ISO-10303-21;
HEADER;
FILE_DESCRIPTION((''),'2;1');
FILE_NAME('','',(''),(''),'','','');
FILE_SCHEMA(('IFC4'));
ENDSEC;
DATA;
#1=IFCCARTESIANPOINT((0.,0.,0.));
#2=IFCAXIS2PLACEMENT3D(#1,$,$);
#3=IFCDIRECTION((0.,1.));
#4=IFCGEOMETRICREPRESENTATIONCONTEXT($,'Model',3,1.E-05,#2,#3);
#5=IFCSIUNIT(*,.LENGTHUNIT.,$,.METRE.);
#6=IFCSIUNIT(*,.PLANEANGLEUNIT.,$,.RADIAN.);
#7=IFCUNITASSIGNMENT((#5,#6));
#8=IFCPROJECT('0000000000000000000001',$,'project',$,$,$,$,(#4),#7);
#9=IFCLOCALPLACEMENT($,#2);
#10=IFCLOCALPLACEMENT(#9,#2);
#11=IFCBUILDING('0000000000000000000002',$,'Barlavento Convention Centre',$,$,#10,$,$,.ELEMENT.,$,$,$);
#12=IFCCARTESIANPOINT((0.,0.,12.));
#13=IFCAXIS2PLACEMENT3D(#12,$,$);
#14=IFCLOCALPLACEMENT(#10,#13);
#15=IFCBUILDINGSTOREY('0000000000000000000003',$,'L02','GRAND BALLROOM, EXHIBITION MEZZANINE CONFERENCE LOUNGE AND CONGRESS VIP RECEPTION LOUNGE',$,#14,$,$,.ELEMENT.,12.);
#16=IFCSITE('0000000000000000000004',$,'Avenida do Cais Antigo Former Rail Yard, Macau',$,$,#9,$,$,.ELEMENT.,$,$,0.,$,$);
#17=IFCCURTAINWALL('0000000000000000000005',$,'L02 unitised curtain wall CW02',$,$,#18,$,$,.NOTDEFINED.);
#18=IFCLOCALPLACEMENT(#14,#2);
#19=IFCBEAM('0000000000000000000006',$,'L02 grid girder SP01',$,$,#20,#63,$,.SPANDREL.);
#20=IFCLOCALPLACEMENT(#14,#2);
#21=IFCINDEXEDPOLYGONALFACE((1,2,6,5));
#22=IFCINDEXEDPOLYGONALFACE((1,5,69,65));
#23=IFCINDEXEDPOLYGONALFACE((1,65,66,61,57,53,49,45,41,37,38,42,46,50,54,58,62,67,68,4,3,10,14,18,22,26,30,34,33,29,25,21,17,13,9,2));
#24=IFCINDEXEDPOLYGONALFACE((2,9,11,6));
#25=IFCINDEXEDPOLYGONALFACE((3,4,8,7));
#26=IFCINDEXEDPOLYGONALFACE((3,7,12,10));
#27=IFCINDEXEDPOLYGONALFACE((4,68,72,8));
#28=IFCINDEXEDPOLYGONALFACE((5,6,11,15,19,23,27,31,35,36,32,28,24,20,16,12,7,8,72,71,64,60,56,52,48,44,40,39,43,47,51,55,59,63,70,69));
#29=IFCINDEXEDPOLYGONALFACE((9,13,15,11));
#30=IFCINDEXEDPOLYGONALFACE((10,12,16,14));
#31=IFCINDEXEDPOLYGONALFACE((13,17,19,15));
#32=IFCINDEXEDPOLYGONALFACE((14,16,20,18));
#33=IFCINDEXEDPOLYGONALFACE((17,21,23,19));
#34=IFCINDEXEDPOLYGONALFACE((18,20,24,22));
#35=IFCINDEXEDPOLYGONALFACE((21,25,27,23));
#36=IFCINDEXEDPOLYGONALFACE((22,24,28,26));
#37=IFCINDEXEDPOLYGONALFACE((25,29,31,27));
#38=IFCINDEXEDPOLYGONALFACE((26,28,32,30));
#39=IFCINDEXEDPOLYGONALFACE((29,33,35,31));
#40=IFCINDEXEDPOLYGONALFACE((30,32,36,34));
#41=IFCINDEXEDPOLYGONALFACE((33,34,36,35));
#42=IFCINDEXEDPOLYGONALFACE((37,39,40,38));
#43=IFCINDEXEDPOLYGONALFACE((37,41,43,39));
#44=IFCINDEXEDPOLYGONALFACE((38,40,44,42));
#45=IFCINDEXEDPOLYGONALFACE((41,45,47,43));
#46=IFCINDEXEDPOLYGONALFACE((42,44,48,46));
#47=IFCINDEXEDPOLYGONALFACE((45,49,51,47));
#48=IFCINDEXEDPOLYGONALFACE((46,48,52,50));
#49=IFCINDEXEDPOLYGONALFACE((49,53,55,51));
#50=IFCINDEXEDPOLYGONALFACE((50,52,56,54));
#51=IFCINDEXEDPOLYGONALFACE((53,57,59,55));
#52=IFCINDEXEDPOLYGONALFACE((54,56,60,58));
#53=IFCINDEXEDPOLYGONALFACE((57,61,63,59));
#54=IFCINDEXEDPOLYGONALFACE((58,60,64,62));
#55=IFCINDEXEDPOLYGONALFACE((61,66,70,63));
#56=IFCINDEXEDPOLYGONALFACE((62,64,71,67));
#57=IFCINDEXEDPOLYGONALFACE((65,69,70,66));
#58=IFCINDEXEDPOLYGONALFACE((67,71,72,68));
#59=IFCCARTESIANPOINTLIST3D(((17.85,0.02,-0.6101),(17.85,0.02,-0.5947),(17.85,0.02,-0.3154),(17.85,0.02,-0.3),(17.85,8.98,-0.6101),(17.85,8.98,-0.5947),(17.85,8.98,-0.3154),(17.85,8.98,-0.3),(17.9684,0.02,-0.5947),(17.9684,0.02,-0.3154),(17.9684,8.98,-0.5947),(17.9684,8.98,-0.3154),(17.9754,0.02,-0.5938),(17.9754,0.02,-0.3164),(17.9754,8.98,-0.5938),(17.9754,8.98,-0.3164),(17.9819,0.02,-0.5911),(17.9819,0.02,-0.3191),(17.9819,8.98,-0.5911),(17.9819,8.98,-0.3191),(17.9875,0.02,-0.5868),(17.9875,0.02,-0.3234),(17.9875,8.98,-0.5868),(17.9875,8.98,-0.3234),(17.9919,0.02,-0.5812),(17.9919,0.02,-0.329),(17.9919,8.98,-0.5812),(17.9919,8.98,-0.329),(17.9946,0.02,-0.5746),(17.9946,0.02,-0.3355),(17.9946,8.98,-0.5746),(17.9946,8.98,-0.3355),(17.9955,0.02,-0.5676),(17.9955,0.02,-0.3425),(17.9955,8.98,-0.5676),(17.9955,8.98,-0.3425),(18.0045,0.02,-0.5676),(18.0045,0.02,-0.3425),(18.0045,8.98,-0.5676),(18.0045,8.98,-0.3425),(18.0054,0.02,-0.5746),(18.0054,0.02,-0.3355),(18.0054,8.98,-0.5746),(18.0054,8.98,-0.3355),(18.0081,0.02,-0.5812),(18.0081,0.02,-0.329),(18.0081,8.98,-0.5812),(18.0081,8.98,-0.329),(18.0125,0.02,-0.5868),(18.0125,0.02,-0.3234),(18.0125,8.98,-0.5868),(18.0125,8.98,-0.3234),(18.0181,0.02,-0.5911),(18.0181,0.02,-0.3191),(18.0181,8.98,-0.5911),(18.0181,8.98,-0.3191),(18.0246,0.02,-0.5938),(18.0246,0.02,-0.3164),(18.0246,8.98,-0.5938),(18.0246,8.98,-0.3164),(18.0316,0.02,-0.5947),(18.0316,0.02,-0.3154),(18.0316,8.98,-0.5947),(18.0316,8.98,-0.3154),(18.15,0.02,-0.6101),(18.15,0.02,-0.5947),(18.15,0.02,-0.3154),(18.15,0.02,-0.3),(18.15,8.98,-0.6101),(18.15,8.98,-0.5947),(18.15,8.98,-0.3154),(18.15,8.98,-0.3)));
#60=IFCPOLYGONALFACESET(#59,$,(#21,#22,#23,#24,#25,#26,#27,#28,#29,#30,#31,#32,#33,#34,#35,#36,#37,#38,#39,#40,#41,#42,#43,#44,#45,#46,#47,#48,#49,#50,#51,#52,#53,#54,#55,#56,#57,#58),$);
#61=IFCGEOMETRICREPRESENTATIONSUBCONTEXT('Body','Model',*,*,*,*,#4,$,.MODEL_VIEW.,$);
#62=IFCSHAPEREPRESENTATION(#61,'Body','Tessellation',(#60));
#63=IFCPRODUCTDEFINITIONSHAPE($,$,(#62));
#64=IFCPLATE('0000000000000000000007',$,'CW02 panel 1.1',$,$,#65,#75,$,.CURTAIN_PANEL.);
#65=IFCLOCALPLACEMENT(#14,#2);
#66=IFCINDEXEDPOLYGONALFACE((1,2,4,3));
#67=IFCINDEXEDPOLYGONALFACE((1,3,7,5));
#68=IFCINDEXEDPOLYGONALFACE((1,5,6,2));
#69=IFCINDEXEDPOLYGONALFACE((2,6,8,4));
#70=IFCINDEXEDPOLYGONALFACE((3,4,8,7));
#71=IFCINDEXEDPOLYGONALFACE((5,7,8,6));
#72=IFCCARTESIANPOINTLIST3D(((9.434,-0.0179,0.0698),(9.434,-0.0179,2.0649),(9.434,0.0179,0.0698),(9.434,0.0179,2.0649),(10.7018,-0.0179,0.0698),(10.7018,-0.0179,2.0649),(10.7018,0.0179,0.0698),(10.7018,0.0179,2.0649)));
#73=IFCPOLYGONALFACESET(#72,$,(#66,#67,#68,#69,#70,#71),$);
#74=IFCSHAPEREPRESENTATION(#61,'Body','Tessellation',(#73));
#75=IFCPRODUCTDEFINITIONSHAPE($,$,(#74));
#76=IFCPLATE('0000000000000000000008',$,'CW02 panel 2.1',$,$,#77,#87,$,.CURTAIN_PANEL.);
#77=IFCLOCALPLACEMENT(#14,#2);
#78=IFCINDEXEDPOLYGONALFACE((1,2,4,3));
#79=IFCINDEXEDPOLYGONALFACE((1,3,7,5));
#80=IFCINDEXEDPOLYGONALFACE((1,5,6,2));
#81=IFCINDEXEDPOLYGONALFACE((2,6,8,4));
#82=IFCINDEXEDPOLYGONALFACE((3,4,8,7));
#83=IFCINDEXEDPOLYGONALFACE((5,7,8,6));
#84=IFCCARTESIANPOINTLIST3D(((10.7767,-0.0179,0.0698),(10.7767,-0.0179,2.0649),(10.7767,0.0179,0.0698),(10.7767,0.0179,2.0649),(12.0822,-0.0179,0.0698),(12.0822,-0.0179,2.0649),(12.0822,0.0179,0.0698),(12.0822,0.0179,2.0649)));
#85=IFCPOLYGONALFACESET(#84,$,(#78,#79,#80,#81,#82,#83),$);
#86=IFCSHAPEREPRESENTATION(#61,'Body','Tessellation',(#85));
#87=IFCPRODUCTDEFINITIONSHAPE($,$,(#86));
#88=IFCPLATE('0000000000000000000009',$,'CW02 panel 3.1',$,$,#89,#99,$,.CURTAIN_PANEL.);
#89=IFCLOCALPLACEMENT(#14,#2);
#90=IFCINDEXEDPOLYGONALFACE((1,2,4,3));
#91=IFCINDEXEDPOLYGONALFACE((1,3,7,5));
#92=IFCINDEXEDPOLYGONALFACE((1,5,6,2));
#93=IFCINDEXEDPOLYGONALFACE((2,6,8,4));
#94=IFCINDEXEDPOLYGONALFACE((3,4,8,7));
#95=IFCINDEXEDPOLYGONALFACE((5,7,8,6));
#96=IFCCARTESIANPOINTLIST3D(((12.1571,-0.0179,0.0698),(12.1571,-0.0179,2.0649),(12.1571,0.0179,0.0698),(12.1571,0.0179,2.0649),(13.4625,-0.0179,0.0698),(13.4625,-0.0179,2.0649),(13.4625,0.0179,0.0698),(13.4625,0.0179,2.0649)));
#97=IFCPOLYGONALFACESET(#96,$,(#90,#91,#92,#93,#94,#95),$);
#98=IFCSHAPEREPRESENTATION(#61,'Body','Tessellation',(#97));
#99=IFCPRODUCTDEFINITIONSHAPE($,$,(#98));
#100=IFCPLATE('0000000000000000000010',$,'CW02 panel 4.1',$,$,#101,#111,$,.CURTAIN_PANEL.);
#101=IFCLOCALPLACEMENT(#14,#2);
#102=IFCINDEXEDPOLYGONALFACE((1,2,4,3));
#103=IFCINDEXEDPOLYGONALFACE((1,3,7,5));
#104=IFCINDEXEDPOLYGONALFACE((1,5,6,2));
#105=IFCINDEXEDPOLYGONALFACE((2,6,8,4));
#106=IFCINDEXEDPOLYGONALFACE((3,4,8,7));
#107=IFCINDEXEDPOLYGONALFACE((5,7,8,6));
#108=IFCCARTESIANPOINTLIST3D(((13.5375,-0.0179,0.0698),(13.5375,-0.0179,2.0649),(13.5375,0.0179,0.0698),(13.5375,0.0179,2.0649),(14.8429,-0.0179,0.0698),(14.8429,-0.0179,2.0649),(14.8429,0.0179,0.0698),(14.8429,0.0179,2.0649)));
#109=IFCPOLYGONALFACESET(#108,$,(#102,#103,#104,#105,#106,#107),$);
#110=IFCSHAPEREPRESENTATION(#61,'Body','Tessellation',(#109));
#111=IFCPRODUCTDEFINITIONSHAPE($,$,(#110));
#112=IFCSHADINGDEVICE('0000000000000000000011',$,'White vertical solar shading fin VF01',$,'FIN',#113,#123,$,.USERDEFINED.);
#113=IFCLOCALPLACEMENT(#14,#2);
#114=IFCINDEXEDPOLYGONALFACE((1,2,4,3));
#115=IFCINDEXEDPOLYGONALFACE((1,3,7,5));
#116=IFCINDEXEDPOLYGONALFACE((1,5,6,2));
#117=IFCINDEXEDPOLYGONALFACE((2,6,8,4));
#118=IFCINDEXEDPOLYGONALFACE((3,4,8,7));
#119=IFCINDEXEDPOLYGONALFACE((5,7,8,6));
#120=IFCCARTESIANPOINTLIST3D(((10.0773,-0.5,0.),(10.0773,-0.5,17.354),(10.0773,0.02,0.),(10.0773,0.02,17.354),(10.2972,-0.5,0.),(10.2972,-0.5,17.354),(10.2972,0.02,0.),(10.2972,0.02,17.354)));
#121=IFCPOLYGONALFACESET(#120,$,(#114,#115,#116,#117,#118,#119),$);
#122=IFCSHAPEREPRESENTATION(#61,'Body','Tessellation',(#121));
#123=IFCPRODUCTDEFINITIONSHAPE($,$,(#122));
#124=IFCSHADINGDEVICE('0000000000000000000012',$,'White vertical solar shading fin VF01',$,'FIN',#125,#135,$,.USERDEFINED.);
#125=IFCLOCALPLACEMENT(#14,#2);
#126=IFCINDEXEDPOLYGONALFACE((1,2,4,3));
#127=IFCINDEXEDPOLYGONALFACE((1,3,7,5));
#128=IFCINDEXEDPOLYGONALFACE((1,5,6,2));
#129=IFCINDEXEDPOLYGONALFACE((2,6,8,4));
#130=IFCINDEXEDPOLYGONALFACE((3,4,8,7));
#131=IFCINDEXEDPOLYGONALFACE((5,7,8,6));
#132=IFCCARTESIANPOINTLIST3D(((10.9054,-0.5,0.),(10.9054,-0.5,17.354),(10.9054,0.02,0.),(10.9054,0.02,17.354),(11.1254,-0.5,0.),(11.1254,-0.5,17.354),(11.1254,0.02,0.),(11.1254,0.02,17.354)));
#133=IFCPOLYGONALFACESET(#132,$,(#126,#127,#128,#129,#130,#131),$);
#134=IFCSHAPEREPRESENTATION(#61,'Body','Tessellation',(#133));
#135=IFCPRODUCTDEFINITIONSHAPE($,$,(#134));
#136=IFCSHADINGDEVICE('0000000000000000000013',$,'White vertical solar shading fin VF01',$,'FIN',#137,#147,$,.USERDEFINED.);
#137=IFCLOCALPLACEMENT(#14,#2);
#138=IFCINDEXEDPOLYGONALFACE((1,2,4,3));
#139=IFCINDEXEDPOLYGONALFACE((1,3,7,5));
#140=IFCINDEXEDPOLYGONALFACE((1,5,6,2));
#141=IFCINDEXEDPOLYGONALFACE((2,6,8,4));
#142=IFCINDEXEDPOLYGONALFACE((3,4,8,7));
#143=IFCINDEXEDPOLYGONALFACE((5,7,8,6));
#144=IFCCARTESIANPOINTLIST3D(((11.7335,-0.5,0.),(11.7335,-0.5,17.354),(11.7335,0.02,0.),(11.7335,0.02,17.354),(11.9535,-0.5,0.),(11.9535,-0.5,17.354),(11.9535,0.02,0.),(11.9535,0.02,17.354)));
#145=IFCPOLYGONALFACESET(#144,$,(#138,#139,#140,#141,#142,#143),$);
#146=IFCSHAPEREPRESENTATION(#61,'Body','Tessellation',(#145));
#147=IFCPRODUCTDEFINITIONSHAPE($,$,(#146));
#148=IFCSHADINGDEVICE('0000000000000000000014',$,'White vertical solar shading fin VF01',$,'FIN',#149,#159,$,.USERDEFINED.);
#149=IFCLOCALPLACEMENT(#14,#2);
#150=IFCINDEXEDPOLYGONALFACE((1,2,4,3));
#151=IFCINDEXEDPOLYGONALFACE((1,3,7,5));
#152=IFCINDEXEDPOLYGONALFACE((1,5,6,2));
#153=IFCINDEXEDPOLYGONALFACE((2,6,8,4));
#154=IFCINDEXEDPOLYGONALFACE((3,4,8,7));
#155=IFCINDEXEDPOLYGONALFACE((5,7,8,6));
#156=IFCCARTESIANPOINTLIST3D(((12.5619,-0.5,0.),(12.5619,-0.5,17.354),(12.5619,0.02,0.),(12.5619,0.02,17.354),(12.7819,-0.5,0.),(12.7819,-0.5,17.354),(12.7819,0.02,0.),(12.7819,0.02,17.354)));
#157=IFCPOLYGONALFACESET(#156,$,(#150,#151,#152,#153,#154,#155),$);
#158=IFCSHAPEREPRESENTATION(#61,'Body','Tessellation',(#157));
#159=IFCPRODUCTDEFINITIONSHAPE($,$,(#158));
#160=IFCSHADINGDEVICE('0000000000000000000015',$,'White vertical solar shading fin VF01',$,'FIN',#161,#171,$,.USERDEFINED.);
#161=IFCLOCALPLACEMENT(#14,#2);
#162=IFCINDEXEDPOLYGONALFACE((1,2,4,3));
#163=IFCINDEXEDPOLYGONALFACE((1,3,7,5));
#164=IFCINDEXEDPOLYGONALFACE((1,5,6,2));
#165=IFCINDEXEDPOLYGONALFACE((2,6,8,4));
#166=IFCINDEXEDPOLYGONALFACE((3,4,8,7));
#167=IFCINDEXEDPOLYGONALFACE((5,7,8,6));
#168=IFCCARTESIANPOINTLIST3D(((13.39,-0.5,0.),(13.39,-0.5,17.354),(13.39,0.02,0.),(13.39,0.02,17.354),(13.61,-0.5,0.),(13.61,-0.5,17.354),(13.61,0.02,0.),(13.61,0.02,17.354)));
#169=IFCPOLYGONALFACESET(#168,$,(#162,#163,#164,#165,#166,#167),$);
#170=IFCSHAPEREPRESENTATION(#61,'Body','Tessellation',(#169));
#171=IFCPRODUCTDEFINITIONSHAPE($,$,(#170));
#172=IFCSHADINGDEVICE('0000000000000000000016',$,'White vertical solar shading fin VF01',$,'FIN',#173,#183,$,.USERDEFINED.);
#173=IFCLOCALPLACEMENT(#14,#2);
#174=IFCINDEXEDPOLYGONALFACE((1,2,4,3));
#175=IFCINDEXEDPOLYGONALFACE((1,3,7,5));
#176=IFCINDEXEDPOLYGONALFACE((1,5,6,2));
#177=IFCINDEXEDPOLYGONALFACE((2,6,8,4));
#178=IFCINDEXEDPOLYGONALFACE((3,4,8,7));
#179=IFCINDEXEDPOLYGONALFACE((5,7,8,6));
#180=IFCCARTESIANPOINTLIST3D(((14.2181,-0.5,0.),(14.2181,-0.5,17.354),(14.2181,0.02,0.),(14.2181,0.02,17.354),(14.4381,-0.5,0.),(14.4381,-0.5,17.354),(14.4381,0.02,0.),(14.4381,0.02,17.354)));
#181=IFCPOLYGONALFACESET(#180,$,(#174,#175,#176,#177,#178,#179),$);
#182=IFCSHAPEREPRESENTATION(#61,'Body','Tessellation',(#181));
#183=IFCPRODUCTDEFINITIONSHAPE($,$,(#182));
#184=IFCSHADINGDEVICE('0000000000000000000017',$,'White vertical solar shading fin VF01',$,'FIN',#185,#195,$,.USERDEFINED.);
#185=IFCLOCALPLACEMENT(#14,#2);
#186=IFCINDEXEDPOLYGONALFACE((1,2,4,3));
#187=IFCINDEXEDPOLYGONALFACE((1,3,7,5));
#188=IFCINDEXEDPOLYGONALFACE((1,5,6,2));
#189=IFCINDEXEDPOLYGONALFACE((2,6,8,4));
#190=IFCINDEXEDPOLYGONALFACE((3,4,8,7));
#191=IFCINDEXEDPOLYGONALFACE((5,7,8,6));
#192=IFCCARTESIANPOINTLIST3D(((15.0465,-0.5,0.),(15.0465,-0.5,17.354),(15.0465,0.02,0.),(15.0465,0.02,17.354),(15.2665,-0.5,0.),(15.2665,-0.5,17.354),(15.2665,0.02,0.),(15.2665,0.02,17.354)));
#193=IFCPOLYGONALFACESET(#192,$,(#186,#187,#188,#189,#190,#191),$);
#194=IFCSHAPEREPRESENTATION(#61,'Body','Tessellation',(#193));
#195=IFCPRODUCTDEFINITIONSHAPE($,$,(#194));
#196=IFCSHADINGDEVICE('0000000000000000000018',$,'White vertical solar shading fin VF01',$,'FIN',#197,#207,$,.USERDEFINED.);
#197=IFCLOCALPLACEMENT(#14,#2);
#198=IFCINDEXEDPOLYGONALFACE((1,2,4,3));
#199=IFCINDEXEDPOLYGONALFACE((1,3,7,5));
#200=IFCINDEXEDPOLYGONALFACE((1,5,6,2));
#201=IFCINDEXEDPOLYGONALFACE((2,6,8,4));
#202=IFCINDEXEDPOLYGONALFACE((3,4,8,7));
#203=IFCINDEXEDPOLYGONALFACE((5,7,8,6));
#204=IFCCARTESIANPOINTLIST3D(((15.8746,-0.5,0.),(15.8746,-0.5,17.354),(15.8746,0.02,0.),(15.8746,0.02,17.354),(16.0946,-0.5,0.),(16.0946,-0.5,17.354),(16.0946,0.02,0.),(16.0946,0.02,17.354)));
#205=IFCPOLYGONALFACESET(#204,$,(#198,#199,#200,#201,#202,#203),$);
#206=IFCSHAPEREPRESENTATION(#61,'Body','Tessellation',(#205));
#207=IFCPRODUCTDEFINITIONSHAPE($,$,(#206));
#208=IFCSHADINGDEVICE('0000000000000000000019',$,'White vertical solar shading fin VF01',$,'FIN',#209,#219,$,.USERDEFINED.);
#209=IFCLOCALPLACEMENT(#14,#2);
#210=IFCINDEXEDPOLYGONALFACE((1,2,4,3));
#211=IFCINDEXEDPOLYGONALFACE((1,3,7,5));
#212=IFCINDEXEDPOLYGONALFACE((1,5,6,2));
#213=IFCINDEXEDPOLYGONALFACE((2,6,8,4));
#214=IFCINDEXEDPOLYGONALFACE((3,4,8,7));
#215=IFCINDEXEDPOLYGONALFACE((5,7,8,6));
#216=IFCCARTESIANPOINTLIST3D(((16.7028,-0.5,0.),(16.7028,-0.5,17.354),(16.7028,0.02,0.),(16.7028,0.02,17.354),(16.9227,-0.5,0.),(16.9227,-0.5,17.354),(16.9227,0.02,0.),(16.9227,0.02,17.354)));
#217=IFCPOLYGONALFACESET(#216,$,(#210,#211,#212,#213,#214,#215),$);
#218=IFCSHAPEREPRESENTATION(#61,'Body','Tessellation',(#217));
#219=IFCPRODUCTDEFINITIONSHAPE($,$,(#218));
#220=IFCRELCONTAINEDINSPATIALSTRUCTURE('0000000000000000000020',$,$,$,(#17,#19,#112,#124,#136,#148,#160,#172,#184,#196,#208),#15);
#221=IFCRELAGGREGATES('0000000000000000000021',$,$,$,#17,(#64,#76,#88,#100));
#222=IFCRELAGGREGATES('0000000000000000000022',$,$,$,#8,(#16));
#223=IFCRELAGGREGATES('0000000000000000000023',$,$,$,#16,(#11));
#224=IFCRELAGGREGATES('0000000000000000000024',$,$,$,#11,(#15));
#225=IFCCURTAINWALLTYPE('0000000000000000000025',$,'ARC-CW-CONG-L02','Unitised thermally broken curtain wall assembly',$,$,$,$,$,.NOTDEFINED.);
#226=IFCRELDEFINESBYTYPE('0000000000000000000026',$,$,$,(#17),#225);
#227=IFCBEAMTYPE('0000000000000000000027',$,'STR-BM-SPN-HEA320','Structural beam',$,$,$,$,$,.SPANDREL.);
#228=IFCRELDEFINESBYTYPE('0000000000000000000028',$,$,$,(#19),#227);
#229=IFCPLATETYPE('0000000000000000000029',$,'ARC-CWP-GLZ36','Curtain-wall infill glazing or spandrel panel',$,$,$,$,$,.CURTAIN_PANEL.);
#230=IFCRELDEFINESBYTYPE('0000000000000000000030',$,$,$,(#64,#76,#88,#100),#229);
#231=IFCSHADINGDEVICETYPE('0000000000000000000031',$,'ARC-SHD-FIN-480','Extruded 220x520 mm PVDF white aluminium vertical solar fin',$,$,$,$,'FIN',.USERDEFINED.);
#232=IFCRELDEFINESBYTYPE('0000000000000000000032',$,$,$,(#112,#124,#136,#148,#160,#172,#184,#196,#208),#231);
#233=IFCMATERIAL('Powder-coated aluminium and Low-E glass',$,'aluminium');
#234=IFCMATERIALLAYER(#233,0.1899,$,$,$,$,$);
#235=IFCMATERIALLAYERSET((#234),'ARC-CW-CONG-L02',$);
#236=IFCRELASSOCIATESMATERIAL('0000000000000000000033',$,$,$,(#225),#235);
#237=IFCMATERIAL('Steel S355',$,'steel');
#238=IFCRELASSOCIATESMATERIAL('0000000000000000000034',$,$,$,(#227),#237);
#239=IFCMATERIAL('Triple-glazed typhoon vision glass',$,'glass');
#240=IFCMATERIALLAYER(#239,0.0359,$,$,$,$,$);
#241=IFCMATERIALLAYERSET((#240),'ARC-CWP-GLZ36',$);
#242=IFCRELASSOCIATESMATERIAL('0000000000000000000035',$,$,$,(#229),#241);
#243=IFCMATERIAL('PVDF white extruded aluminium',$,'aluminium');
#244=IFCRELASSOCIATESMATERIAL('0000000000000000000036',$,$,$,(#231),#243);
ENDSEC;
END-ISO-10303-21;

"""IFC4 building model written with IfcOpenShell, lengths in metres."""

from ifc_helpers import new_model, si_unit, direction, frame, origin, origin_2d, place, context, subcontext, project, spatial, rectangle, i_section, extrude, material, layer, layer_set, material_profile, profile_set, type_object, element, aggregate, save


model = new_model("IFC4")

# Units and contexts
model_context = context("Model", 3, precision=1e-05, world=origin(), true_north=direction((0.0, 1.0)))
body_context = subcontext(model_context, "Body", "Model", "MODEL_VIEW")
ifc_project = project(units=[si_unit("LENGTHUNIT", "METRE"), si_unit("PLANEANGLEUNIT", "RADIAN")], contexts=[model_context])

# Site, building, storey
site_placement = place(None, origin())
site = spatial("IfcSite", under=ifc_project, at=site_placement, Name="Avenida do Cais Antigo Former Rail Yard, Macau", CompositionType="ELEMENT", RefElevation=0.0)
building_placement = place(site_placement, origin())
building = spatial("IfcBuilding", under=site, at=building_placement, Name="Barlavento Convention Centre", CompositionType="ELEMENT")
storey_placement = place(building_placement, frame((0.0, 0.0, 12.0)))
storey = spatial("IfcBuildingStorey", under=building, at=storey_placement, Name="L02", Description="GRAND BALLROOM, EXHIBITION MEZZANINE CONFERENCE LOUNGE AND CONGRESS VIP RECEPTION LOUNGE", CompositionType="ELEMENT", Elevation=12.0)

# Curtain wall
ifc_material_1 = material(Name="Powder-coated aluminium and Low-E glass", Category="aluminium")
ifc_layer_1 = layer(ifc_material_1, 0.1899)
ifc_layer_set_1 = layer_set([ifc_layer_1], Name="ARC-CW-CONG-L02")
curtain_wall_type = type_object("IfcCurtainWallType", Name="ARC-CW-CONG-L02", Description="Unitised thermally broken curtain wall assembly", PredefinedType="NOTDEFINED", material=ifc_layer_set_1)
curtain_wall_1_placement = place(storey_placement, origin())
curtain_wall_1 = element("IfcCurtainWall", 1, at=curtain_wall_1_placement, inside=storey, type_object=curtain_wall_type, Name="L02 unitised curtain wall CW02", PredefinedType="NOTDEFINED")

# Beam
ifc_material_2 = material(Name="Steel S355", Category="steel")
ifc_material_profile_1 = material_profile(ifc_material_2, i_section(OverallWidth=0.3, OverallDepth=0.3101, WebThickness=0.009, FlangeThickness=0.0154, FilletRadius=0.0271, at=origin_2d()), Name="HEA 320")
ifc_profile_set_1 = profile_set([ifc_material_profile_1], Name="Steel S355")
beam_type_1 = type_object("IfcBeamType", Name="STR-BM-SPN-HEA320", Description="Structural beam", PredefinedType="SPANDREL", material=ifc_profile_set_1)
beam_1_placement = place(storey_placement, frame((18.0, 0.02, -0.4551), z_axis=(0.0, 1.0, 0.0), x_axis=(-1.0, 0.0, 0.0)))
element("IfcBeam", 2, at=beam_1_placement, inside=storey, type_object=beam_type_1, Name="L02 grid girder SP01", PredefinedType="SPANDREL", context=body_context, shape_type="SweptSolid", body=[
    extrude(i_section(OverallWidth=0.3, OverallDepth=0.3101, WebThickness=0.009, FlangeThickness=0.0154, FilletRadius=0.0271, at=origin_2d()), origin(), (0.0, 0.0, 1.0), 8.96),
])

# Plates
ifc_material_3 = material(Name="Triple-glazed typhoon vision glass", Category="glass")
ifc_layer_2 = layer(ifc_material_3, 0.0359)
ifc_layer_set_2 = layer_set([ifc_layer_2], Name="ARC-CWP-GLZ36")
plate_type = type_object("IfcPlateType", Name="ARC-CWP-GLZ36", Description="Curtain-wall infill glazing or spandrel panel", PredefinedType="CURTAIN_PANEL", material=ifc_layer_set_2)
plate_1_placement = place(storey_placement, frame((10.0679, 0.0, 0.0698), z_axis=(0.0, 0.0, 1.0), x_axis=(1.0, 0.0, 0.0)))
plate_1 = element("IfcPlate", 3, at=plate_1_placement, type_object=plate_type, Name="CW02 panel 1.1", PredefinedType="CURTAIN_PANEL", context=body_context, shape_type="SweptSolid", body=[
    extrude(rectangle(XDim=1.2678, YDim=0.0359, at=origin_2d()), origin(), (0.0, 0.0, 1.0), 1.9951),
])
plate_2_placement = place(storey_placement, frame((11.4294, 0.0, 0.0698), z_axis=(0.0, 0.0, 1.0), x_axis=(1.0, 0.0, 0.0)))
plate_2 = element("IfcPlate", 4, at=plate_2_placement, type_object=plate_type, Name="CW02 panel 2.1", PredefinedType="CURTAIN_PANEL", context=body_context, shape_type="SweptSolid", body=[
    extrude(rectangle(XDim=1.3054, YDim=0.0359, at=origin_2d()), origin(), (0.0, 0.0, 1.0), 1.9951),
])
plate_3_placement = place(storey_placement, frame((12.8098, 0.0, 0.0698), z_axis=(0.0, 0.0, 1.0), x_axis=(1.0, 0.0, 0.0)))
plate_3 = element("IfcPlate", 5, at=plate_3_placement, type_object=plate_type, Name="CW02 panel 3.1", PredefinedType="CURTAIN_PANEL", context=body_context, shape_type="SweptSolid", body=[
    extrude(rectangle(XDim=1.3054, YDim=0.0359, at=origin_2d()), origin(), (0.0, 0.0, 1.0), 1.9951),
])
plate_4_placement = place(storey_placement, frame((14.1902, 0.0, 0.0698), z_axis=(0.0, 0.0, 1.0), x_axis=(1.0, 0.0, 0.0)))
plate_4 = element("IfcPlate", 6, at=plate_4_placement, type_object=plate_type, Name="CW02 panel 4.1", PredefinedType="CURTAIN_PANEL", context=body_context, shape_type="SweptSolid", body=[
    extrude(rectangle(XDim=1.3054, YDim=0.0359, at=origin_2d()), origin(), (0.0, 0.0, 1.0), 1.9951),
])
aggregate(curtain_wall_1, [plate_1, plate_2, plate_3, plate_4])

# Shading devices
ifc_material_4 = material(Name="PVDF white extruded aluminium", Category="aluminium")
shading_device_type = type_object("IfcShadingDeviceType", Name="ARC-SHD-FIN-480", Description="Extruded 220x520 mm PVDF white aluminium vertical solar fin", ElementType="FIN", PredefinedType="USERDEFINED", material=ifc_material_4)
for number, where, z_axis, x_axis, name in (
    (7, (10.1873, -0.24, 0.0), (0.0, 0.0, 1.0), (1.0, 0.0, 0.0), "White vertical solar shading fin VF01"),
    (8, (11.0154, -0.24, 0.0), (0.0, 0.0, 1.0), (1.0, 0.0, 0.0), "White vertical solar shading fin VF01"),
    (9, (11.8435, -0.24, 0.0), (0.0, 0.0, 1.0), (1.0, 0.0, 0.0), "White vertical solar shading fin VF01"),
    (10, (12.6719, -0.24, 0.0), (0.0, 0.0, 1.0), (1.0, 0.0, 0.0), "White vertical solar shading fin VF01"),
    (11, (13.5, -0.24, 0.0), (0.0, 0.0, 1.0), (1.0, 0.0, 0.0), "White vertical solar shading fin VF01"),
    (12, (14.3281, -0.24, 0.0), (0.0, 0.0, 1.0), (1.0, 0.0, 0.0), "White vertical solar shading fin VF01"),
    (13, (15.1565, -0.24, 0.0), (0.0, 0.0, 1.0), (1.0, 0.0, 0.0), "White vertical solar shading fin VF01"),
    (14, (15.9846, -0.24, 0.0), (0.0, 0.0, 1.0), (1.0, 0.0, 0.0), "White vertical solar shading fin VF01"),
    (15, (16.8127, -0.24, 0.0), (0.0, 0.0, 1.0), (1.0, 0.0, 0.0), "White vertical solar shading fin VF01"),
):
    element("IfcShadingDevice", number, at=place(storey_placement, frame(where, z_axis=z_axis, x_axis=x_axis)), inside=storey, type_object=shading_device_type, Name=name, ObjectType="FIN", PredefinedType="USERDEFINED", context=body_context, shape_type="SweptSolid", body=[
        extrude(rectangle(XDim=0.22, YDim=0.52, at=origin_2d()), origin(), (0.0, 0.0, 1.0), 17.354),
    ])

save(model, "model.ifc")
